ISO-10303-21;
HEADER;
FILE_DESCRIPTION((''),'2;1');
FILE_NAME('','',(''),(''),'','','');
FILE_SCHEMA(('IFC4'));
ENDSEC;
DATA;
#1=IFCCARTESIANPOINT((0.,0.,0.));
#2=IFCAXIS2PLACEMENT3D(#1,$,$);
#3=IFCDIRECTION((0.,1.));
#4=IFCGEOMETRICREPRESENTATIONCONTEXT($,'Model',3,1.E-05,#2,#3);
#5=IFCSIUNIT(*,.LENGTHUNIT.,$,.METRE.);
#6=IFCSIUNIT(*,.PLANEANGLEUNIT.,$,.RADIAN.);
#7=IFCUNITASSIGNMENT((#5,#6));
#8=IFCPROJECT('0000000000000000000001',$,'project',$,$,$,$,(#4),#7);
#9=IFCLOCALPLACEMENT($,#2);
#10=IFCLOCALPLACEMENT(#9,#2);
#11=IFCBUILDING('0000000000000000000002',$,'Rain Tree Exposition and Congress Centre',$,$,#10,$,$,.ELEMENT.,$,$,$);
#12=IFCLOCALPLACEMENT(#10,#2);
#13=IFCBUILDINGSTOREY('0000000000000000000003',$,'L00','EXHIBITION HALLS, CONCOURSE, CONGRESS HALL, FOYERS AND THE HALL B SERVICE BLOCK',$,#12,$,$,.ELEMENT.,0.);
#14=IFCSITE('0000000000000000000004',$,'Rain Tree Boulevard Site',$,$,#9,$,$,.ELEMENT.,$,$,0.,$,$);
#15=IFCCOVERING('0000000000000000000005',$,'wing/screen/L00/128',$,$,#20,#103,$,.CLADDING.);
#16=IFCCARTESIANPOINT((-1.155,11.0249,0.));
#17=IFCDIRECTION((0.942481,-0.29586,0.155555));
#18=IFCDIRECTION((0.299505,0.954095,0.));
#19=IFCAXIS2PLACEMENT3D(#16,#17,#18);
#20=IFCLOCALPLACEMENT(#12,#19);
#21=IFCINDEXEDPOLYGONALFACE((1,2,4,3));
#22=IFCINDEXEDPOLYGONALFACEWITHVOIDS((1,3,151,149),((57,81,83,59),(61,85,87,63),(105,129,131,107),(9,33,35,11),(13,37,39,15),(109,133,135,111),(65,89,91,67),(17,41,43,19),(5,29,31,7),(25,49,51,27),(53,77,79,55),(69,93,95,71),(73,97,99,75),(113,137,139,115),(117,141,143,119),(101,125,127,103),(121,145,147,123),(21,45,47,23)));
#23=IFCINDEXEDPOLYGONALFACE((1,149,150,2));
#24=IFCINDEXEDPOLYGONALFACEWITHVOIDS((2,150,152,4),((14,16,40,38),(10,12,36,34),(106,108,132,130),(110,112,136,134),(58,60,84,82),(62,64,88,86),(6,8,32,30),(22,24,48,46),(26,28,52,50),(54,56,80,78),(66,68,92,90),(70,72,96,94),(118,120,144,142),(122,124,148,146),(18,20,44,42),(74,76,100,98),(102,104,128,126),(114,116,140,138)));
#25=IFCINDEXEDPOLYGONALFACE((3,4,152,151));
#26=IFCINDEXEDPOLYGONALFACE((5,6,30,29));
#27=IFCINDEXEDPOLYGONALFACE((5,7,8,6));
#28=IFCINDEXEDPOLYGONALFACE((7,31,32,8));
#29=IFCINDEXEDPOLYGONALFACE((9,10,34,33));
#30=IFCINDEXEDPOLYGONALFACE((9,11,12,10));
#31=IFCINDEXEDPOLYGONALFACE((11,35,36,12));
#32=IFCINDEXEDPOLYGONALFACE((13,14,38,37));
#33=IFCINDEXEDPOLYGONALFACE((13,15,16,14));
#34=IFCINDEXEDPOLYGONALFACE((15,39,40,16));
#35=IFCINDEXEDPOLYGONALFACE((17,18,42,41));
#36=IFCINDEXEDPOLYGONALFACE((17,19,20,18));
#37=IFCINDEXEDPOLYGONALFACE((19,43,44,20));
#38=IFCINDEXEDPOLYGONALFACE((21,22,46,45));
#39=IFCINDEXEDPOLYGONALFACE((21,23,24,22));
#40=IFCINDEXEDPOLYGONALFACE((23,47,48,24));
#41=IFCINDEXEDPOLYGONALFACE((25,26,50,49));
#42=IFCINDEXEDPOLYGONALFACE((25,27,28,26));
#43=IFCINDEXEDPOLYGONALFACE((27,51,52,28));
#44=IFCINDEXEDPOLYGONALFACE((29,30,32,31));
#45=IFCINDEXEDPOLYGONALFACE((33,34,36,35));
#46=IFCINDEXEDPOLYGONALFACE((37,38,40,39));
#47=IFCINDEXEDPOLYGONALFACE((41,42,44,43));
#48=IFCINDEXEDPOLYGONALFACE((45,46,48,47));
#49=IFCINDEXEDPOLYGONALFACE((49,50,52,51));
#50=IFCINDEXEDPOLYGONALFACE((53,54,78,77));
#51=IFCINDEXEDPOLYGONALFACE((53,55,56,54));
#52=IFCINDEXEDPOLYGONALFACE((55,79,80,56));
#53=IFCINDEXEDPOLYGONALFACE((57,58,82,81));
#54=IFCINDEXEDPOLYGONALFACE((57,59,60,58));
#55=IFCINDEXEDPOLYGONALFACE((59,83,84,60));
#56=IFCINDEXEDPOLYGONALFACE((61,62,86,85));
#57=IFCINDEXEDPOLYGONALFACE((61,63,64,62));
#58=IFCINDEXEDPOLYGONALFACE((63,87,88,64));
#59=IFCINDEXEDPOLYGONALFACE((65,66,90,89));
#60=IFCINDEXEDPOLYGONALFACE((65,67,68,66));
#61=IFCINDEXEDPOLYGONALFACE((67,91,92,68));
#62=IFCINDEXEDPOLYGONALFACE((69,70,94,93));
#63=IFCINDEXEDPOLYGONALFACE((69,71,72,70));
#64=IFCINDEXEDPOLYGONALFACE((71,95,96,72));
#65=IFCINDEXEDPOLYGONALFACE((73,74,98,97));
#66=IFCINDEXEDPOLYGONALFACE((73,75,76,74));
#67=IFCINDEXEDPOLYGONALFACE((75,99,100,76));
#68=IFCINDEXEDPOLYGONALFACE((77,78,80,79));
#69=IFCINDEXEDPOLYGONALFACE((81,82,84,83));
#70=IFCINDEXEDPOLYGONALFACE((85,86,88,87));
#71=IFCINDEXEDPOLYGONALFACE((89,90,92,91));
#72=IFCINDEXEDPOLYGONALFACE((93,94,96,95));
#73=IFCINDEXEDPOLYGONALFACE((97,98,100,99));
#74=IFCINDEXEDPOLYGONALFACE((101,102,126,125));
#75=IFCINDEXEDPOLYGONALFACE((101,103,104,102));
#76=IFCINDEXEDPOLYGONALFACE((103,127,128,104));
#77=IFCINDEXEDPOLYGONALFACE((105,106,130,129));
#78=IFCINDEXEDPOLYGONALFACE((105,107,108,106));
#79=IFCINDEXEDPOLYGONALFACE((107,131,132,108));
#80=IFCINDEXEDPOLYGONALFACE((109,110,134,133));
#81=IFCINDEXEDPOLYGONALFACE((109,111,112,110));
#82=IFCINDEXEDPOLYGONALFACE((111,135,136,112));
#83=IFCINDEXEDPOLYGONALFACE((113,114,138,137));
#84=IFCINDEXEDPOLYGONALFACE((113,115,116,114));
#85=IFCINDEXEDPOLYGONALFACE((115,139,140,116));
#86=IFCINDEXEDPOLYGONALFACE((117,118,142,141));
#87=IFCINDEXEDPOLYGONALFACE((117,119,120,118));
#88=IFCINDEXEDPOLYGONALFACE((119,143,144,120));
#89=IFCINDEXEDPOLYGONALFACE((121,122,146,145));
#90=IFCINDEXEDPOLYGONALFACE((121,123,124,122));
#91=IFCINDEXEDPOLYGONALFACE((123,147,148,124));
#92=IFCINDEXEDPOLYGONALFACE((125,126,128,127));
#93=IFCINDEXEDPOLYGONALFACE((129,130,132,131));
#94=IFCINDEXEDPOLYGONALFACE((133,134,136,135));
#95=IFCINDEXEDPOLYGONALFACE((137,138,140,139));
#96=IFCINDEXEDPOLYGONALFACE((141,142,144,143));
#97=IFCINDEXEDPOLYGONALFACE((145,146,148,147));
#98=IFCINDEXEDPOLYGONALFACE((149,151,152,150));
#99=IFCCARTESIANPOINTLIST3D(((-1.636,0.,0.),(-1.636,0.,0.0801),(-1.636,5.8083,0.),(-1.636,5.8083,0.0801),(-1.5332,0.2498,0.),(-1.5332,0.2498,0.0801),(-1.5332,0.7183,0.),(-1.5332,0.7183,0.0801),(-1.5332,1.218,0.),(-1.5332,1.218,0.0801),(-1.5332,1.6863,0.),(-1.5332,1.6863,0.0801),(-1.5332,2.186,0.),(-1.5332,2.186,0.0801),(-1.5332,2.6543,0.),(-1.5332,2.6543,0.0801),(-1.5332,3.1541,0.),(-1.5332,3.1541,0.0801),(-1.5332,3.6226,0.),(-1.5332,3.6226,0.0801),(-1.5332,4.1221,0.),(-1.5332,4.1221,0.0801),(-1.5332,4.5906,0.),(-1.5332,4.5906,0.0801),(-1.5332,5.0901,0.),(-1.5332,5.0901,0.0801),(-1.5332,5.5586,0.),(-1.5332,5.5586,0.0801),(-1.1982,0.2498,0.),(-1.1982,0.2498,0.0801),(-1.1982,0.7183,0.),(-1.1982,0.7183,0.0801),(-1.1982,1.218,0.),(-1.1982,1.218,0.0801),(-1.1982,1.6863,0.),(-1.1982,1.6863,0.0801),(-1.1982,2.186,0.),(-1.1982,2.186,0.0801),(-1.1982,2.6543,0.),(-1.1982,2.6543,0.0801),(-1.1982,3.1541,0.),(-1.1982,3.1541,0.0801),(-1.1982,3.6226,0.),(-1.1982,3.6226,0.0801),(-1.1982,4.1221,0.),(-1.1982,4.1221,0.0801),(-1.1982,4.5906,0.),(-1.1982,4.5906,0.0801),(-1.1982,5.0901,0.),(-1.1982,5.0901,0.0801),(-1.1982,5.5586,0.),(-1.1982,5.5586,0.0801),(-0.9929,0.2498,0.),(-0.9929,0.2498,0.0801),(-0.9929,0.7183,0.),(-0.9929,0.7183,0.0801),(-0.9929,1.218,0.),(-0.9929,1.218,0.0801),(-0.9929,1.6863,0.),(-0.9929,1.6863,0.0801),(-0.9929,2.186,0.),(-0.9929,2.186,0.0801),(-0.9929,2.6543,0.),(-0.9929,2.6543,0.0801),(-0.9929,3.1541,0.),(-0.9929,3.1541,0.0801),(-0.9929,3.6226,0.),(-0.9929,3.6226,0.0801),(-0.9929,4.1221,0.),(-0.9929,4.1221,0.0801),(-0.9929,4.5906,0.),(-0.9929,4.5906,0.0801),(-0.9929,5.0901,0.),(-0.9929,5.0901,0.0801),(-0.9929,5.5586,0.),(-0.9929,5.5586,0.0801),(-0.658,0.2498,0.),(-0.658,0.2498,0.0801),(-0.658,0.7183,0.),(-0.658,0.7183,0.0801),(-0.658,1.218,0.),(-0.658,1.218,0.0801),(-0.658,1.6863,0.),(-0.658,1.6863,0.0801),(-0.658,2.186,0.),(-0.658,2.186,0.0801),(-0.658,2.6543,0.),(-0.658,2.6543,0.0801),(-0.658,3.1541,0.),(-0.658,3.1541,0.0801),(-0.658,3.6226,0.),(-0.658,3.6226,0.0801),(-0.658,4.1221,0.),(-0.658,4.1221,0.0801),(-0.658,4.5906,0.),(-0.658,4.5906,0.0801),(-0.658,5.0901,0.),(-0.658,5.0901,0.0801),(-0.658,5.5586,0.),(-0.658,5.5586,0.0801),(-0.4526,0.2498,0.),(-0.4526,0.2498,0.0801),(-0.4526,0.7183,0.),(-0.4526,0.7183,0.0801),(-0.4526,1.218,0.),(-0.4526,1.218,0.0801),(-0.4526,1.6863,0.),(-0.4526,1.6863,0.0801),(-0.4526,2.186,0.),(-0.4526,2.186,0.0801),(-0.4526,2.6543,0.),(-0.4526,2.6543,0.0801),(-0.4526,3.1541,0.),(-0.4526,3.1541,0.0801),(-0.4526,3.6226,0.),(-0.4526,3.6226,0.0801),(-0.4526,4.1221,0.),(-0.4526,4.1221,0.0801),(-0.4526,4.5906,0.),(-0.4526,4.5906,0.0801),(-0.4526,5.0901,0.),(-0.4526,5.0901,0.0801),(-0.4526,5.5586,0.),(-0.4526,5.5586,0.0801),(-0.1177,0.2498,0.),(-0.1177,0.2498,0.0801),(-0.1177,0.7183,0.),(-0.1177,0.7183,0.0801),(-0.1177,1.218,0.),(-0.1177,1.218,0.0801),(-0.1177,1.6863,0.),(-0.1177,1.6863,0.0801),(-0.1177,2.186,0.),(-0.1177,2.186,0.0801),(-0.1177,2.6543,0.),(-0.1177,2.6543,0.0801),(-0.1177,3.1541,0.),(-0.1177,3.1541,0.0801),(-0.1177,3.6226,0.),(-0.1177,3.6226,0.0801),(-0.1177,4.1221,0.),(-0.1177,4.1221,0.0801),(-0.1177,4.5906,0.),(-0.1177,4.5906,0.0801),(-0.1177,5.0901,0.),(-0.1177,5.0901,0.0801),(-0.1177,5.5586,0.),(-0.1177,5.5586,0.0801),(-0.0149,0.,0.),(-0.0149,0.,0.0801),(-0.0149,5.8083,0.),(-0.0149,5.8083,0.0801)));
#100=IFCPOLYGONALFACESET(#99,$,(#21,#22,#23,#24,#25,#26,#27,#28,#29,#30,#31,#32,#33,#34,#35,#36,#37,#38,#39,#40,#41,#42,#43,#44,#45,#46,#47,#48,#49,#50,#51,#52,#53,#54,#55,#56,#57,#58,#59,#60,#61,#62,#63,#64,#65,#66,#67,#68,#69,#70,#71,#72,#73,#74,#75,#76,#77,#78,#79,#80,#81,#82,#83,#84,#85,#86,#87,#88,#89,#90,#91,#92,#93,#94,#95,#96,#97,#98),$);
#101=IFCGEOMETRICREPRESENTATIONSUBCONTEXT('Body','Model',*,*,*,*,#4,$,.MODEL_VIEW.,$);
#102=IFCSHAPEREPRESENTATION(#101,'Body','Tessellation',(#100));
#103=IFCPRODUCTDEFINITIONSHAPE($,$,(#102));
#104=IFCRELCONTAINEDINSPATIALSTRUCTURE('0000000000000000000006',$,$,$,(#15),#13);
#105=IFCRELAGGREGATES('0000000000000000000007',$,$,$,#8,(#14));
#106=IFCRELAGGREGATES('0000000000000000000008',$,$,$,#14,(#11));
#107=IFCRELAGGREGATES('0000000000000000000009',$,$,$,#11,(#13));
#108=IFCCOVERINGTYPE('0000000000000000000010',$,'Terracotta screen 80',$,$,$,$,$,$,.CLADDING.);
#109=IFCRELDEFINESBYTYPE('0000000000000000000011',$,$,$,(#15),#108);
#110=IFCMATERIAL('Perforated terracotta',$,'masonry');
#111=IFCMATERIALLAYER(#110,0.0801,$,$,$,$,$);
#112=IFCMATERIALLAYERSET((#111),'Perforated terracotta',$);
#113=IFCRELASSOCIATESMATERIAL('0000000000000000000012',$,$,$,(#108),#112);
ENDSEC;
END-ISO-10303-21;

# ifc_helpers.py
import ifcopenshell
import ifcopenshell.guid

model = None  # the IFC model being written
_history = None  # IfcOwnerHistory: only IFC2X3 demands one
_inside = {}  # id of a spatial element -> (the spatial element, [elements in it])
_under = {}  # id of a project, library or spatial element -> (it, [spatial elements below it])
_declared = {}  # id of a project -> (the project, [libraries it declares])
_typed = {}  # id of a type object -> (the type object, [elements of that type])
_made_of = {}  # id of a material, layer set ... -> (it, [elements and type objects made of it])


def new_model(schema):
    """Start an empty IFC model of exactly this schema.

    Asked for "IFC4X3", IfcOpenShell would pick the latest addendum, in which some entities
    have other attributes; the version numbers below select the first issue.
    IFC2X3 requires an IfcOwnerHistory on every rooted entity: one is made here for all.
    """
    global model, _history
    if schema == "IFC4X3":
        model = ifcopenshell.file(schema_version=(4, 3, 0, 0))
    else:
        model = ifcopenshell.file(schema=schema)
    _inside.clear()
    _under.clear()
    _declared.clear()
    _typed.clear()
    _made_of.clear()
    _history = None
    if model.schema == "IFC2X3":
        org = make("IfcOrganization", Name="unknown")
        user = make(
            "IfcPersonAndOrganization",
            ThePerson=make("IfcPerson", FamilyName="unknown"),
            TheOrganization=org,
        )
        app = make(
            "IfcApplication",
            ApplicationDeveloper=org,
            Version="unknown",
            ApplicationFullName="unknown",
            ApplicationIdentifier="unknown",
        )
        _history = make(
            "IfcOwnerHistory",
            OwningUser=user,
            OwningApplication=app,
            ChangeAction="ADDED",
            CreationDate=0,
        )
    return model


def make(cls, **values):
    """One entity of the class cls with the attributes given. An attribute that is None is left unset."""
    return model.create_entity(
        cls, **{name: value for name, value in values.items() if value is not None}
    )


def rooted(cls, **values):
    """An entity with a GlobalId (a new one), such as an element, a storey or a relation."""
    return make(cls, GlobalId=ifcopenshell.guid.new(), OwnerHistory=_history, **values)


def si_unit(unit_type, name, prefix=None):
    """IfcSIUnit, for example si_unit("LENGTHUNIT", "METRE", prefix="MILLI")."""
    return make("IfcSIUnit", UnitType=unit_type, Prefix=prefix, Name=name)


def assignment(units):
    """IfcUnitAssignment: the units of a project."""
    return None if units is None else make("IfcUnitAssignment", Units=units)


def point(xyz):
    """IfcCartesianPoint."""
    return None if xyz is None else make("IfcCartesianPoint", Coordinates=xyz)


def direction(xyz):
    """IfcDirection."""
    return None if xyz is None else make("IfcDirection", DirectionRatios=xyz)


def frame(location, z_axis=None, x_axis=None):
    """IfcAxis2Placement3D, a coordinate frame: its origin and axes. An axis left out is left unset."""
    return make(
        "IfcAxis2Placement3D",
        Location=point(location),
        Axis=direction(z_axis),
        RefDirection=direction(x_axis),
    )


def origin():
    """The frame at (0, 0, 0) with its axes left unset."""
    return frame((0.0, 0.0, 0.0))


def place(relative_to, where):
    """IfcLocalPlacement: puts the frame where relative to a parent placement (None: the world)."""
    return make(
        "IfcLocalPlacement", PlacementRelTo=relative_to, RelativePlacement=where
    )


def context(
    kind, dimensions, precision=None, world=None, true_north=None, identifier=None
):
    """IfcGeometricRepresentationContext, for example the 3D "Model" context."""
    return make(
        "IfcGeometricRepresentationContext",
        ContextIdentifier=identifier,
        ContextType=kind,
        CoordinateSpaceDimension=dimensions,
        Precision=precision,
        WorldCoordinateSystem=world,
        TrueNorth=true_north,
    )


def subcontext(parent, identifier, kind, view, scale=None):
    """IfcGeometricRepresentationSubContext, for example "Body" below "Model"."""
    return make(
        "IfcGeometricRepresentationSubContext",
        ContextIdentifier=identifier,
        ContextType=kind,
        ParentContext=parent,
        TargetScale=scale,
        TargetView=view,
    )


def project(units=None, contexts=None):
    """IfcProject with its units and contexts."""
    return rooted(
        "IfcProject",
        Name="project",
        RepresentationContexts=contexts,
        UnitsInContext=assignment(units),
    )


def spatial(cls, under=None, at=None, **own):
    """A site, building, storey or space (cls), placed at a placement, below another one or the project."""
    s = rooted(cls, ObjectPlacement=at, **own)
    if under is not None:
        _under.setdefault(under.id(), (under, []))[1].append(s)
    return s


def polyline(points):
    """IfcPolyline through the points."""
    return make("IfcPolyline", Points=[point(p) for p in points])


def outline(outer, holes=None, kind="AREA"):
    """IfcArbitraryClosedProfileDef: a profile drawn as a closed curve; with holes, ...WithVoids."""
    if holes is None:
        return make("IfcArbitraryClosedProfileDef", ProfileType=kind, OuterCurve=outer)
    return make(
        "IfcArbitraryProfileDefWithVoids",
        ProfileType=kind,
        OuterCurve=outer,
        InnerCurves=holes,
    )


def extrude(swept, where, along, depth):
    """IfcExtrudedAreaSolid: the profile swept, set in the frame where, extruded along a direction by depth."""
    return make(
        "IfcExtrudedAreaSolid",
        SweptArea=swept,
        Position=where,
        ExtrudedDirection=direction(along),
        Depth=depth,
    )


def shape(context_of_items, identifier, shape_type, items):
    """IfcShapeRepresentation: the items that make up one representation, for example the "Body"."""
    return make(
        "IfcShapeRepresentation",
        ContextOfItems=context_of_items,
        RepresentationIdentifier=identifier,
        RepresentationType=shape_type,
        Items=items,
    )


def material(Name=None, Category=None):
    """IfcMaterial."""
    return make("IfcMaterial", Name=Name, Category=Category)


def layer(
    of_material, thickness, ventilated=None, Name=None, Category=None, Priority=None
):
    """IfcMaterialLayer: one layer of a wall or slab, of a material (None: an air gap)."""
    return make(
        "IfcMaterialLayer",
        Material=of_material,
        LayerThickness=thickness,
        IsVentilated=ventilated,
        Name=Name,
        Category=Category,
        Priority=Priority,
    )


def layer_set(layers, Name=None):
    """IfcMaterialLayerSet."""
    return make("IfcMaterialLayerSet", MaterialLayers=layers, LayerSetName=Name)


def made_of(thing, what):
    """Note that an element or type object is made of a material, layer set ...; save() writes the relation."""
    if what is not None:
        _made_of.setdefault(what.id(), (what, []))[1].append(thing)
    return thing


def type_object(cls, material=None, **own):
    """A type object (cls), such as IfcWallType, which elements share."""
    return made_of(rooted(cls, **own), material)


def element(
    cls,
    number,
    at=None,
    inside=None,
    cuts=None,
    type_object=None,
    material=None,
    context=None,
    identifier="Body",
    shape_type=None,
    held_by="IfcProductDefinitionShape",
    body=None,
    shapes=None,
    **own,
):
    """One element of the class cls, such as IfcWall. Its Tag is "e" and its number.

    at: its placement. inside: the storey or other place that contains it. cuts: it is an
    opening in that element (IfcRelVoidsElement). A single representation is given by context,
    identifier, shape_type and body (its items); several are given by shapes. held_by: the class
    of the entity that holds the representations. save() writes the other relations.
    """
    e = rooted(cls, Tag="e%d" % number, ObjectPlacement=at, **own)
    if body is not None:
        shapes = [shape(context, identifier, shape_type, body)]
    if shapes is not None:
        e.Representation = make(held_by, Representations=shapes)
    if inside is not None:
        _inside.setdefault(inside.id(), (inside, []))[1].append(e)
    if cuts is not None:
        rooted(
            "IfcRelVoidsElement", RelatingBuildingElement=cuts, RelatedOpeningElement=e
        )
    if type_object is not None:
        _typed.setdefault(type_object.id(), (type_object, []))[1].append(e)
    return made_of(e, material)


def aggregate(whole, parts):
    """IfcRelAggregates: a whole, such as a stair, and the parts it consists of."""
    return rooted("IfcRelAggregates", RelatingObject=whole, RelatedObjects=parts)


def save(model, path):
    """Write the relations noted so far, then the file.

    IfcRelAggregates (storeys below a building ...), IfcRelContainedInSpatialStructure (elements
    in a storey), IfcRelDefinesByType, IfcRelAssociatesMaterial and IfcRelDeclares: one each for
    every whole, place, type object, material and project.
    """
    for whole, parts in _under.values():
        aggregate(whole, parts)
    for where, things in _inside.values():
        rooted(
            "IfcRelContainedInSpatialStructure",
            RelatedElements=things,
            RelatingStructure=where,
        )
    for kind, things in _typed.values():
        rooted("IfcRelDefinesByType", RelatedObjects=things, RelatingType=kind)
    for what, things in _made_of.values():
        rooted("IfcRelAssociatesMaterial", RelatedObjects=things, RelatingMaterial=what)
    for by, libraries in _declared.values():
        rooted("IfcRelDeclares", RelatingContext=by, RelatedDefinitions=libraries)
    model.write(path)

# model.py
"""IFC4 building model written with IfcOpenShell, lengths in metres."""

from ifc_helpers import new_model, si_unit, direction, frame, origin, place, context, subcontext, project, spatial, polyline, outline, extrude, material, layer, layer_set, type_object, element, save


model = new_model("IFC4")

# Units and contexts
model_context = context("Model", 3, precision=1e-05, world=origin(), true_north=direction((0.0, 1.0)))
body_context = subcontext(model_context, "Body", "Model", "MODEL_VIEW")
ifc_project = project(units=[si_unit("LENGTHUNIT", "METRE"), si_unit("PLANEANGLEUNIT", "RADIAN")], contexts=[model_context])

# Site, building, storey
site_placement = place(None, origin())
site = spatial("IfcSite", under=ifc_project, at=site_placement, Name="Rain Tree Boulevard Site", CompositionType="ELEMENT", RefElevation=0.0)
building_placement = place(site_placement, origin())
building = spatial("IfcBuilding", under=site, at=building_placement, Name="Rain Tree Exposition and Congress Centre", CompositionType="ELEMENT")
storey_placement = place(building_placement, origin())
storey = spatial("IfcBuildingStorey", under=building, at=storey_placement, Name="L00", Description="EXHIBITION HALLS, CONCOURSE, CONGRESS HALL, FOYERS AND THE HALL B SERVICE BLOCK", CompositionType="ELEMENT", Elevation=0.0)

# Covering
ifc_material_1 = material(Name="Perforated terracotta", Category="masonry")
ifc_layer_1 = layer(ifc_material_1, 0.0801)
ifc_layer_set_1 = layer_set([ifc_layer_1], Name="Perforated terracotta")
covering_type = type_object("IfcCoveringType", Name="Terracotta screen 80", PredefinedType="CLADDING", material=ifc_layer_set_1)
covering_1_placement = place(storey_placement, frame((-1.155, 11.0249, 0.0), z_axis=(0.942481, -0.29586, 0.155555), x_axis=(0.299505, 0.954095, 0.0)))
element("IfcCovering", 1, at=covering_1_placement, inside=storey, type_object=covering_type, Name="wing/screen/L00/128", PredefinedType="CLADDING", context=body_context, shape_type="SweptSolid", body=[
    extrude(outline(polyline([(-1.636, 0.0), (-1.636, 5.8083), (-0.0149, 5.8083), (-0.0149, 0.0), (-1.636, 0.0)]), holes=[polyline([(-0.1177, 0.2498), (-0.1177, 0.7183), (-0.4526, 0.7183), (-0.4526, 0.2498), (-0.1177, 0.2498)]), polyline([(-0.1177, 1.218), (-0.1177, 1.6863), (-0.4526, 1.6863), (-0.4526, 1.218), (-0.1177, 1.218)]), polyline([(-0.1177, 2.186), (-0.1177, 2.6543), (-0.4526, 2.6543), (-0.4526, 2.186), (-0.1177, 2.186)]), polyline([(-0.1177, 3.1541), (-0.1177, 3.6226), (-0.4526, 3.6226), (-0.4526, 3.1541), (-0.1177, 3.1541)]), polyline([(-0.1177, 4.1221), (-0.1177, 4.5906), (-0.4526, 4.5906), (-0.4526, 4.1221), (-0.1177, 4.1221)]), polyline([(-0.1177, 5.0901), (-0.1177, 5.5586), (-0.4526, 5.5586), (-0.4526, 5.0901), (-0.1177, 5.0901)]), polyline([(-0.658, 0.2498), (-0.658, 0.7183), (-0.9929, 0.7183), (-0.9929, 0.2498), (-0.658, 0.2498)]), polyline([(-0.658, 1.218), (-0.658, 1.6863), (-0.9929, 1.6863), (-0.9929, 1.218), (-0.658, 1.218)]), polyline([(-0.658, 2.186), (-0.658, 2.6543), (-0.9929, 2.6543), (-0.9929, 2.186), (-0.658, 2.186)]), polyline([(-0.658, 3.1541), (-0.658, 3.6226), (-0.9929, 3.6226), (-0.9929, 3.1541), (-0.658, 3.1541)]), polyline([(-0.658, 4.1221), (-0.658, 4.5906), (-0.9929, 4.5906), (-0.9929, 4.1221), (-0.658, 4.1221)]), polyline([(-0.658, 5.0901), (-0.658, 5.5586), (-0.9929, 5.5586), (-0.9929, 5.0901), (-0.658, 5.0901)]), polyline([(-1.1982, 0.2498), (-1.1982, 0.7183), (-1.5332, 0.7183), (-1.5332, 0.2498), (-1.1982, 0.2498)]), polyline([(-1.1982, 1.218), (-1.1982, 1.6863), (-1.5332, 1.6863), (-1.5332, 1.218), (-1.1982, 1.218)]), polyline([(-1.1982, 2.186), (-1.1982, 2.6543), (-1.5332, 2.6543), (-1.5332, 2.186), (-1.1982, 2.186)]), polyline([(-1.1982, 3.1541), (-1.1982, 3.6226), (-1.5332, 3.6226), (-1.5332, 3.1541), (-1.1982, 3.1541)]), polyline([(-1.1982, 4.1221), (-1.1982, 4.5906), (-1.5332, 4.5906), (-1.5332, 4.1221), (-1.1982, 4.1221)]), polyline([(-1.1982, 5.0901), (-1.1982, 5.5586), (-1.5332, 5.5586), (-1.5332, 5.0901), (-1.1982, 5.0901)])]), origin(), (0.0, 0.0, 1.0), 0.0801),
])

save(model, "model.ifc")
